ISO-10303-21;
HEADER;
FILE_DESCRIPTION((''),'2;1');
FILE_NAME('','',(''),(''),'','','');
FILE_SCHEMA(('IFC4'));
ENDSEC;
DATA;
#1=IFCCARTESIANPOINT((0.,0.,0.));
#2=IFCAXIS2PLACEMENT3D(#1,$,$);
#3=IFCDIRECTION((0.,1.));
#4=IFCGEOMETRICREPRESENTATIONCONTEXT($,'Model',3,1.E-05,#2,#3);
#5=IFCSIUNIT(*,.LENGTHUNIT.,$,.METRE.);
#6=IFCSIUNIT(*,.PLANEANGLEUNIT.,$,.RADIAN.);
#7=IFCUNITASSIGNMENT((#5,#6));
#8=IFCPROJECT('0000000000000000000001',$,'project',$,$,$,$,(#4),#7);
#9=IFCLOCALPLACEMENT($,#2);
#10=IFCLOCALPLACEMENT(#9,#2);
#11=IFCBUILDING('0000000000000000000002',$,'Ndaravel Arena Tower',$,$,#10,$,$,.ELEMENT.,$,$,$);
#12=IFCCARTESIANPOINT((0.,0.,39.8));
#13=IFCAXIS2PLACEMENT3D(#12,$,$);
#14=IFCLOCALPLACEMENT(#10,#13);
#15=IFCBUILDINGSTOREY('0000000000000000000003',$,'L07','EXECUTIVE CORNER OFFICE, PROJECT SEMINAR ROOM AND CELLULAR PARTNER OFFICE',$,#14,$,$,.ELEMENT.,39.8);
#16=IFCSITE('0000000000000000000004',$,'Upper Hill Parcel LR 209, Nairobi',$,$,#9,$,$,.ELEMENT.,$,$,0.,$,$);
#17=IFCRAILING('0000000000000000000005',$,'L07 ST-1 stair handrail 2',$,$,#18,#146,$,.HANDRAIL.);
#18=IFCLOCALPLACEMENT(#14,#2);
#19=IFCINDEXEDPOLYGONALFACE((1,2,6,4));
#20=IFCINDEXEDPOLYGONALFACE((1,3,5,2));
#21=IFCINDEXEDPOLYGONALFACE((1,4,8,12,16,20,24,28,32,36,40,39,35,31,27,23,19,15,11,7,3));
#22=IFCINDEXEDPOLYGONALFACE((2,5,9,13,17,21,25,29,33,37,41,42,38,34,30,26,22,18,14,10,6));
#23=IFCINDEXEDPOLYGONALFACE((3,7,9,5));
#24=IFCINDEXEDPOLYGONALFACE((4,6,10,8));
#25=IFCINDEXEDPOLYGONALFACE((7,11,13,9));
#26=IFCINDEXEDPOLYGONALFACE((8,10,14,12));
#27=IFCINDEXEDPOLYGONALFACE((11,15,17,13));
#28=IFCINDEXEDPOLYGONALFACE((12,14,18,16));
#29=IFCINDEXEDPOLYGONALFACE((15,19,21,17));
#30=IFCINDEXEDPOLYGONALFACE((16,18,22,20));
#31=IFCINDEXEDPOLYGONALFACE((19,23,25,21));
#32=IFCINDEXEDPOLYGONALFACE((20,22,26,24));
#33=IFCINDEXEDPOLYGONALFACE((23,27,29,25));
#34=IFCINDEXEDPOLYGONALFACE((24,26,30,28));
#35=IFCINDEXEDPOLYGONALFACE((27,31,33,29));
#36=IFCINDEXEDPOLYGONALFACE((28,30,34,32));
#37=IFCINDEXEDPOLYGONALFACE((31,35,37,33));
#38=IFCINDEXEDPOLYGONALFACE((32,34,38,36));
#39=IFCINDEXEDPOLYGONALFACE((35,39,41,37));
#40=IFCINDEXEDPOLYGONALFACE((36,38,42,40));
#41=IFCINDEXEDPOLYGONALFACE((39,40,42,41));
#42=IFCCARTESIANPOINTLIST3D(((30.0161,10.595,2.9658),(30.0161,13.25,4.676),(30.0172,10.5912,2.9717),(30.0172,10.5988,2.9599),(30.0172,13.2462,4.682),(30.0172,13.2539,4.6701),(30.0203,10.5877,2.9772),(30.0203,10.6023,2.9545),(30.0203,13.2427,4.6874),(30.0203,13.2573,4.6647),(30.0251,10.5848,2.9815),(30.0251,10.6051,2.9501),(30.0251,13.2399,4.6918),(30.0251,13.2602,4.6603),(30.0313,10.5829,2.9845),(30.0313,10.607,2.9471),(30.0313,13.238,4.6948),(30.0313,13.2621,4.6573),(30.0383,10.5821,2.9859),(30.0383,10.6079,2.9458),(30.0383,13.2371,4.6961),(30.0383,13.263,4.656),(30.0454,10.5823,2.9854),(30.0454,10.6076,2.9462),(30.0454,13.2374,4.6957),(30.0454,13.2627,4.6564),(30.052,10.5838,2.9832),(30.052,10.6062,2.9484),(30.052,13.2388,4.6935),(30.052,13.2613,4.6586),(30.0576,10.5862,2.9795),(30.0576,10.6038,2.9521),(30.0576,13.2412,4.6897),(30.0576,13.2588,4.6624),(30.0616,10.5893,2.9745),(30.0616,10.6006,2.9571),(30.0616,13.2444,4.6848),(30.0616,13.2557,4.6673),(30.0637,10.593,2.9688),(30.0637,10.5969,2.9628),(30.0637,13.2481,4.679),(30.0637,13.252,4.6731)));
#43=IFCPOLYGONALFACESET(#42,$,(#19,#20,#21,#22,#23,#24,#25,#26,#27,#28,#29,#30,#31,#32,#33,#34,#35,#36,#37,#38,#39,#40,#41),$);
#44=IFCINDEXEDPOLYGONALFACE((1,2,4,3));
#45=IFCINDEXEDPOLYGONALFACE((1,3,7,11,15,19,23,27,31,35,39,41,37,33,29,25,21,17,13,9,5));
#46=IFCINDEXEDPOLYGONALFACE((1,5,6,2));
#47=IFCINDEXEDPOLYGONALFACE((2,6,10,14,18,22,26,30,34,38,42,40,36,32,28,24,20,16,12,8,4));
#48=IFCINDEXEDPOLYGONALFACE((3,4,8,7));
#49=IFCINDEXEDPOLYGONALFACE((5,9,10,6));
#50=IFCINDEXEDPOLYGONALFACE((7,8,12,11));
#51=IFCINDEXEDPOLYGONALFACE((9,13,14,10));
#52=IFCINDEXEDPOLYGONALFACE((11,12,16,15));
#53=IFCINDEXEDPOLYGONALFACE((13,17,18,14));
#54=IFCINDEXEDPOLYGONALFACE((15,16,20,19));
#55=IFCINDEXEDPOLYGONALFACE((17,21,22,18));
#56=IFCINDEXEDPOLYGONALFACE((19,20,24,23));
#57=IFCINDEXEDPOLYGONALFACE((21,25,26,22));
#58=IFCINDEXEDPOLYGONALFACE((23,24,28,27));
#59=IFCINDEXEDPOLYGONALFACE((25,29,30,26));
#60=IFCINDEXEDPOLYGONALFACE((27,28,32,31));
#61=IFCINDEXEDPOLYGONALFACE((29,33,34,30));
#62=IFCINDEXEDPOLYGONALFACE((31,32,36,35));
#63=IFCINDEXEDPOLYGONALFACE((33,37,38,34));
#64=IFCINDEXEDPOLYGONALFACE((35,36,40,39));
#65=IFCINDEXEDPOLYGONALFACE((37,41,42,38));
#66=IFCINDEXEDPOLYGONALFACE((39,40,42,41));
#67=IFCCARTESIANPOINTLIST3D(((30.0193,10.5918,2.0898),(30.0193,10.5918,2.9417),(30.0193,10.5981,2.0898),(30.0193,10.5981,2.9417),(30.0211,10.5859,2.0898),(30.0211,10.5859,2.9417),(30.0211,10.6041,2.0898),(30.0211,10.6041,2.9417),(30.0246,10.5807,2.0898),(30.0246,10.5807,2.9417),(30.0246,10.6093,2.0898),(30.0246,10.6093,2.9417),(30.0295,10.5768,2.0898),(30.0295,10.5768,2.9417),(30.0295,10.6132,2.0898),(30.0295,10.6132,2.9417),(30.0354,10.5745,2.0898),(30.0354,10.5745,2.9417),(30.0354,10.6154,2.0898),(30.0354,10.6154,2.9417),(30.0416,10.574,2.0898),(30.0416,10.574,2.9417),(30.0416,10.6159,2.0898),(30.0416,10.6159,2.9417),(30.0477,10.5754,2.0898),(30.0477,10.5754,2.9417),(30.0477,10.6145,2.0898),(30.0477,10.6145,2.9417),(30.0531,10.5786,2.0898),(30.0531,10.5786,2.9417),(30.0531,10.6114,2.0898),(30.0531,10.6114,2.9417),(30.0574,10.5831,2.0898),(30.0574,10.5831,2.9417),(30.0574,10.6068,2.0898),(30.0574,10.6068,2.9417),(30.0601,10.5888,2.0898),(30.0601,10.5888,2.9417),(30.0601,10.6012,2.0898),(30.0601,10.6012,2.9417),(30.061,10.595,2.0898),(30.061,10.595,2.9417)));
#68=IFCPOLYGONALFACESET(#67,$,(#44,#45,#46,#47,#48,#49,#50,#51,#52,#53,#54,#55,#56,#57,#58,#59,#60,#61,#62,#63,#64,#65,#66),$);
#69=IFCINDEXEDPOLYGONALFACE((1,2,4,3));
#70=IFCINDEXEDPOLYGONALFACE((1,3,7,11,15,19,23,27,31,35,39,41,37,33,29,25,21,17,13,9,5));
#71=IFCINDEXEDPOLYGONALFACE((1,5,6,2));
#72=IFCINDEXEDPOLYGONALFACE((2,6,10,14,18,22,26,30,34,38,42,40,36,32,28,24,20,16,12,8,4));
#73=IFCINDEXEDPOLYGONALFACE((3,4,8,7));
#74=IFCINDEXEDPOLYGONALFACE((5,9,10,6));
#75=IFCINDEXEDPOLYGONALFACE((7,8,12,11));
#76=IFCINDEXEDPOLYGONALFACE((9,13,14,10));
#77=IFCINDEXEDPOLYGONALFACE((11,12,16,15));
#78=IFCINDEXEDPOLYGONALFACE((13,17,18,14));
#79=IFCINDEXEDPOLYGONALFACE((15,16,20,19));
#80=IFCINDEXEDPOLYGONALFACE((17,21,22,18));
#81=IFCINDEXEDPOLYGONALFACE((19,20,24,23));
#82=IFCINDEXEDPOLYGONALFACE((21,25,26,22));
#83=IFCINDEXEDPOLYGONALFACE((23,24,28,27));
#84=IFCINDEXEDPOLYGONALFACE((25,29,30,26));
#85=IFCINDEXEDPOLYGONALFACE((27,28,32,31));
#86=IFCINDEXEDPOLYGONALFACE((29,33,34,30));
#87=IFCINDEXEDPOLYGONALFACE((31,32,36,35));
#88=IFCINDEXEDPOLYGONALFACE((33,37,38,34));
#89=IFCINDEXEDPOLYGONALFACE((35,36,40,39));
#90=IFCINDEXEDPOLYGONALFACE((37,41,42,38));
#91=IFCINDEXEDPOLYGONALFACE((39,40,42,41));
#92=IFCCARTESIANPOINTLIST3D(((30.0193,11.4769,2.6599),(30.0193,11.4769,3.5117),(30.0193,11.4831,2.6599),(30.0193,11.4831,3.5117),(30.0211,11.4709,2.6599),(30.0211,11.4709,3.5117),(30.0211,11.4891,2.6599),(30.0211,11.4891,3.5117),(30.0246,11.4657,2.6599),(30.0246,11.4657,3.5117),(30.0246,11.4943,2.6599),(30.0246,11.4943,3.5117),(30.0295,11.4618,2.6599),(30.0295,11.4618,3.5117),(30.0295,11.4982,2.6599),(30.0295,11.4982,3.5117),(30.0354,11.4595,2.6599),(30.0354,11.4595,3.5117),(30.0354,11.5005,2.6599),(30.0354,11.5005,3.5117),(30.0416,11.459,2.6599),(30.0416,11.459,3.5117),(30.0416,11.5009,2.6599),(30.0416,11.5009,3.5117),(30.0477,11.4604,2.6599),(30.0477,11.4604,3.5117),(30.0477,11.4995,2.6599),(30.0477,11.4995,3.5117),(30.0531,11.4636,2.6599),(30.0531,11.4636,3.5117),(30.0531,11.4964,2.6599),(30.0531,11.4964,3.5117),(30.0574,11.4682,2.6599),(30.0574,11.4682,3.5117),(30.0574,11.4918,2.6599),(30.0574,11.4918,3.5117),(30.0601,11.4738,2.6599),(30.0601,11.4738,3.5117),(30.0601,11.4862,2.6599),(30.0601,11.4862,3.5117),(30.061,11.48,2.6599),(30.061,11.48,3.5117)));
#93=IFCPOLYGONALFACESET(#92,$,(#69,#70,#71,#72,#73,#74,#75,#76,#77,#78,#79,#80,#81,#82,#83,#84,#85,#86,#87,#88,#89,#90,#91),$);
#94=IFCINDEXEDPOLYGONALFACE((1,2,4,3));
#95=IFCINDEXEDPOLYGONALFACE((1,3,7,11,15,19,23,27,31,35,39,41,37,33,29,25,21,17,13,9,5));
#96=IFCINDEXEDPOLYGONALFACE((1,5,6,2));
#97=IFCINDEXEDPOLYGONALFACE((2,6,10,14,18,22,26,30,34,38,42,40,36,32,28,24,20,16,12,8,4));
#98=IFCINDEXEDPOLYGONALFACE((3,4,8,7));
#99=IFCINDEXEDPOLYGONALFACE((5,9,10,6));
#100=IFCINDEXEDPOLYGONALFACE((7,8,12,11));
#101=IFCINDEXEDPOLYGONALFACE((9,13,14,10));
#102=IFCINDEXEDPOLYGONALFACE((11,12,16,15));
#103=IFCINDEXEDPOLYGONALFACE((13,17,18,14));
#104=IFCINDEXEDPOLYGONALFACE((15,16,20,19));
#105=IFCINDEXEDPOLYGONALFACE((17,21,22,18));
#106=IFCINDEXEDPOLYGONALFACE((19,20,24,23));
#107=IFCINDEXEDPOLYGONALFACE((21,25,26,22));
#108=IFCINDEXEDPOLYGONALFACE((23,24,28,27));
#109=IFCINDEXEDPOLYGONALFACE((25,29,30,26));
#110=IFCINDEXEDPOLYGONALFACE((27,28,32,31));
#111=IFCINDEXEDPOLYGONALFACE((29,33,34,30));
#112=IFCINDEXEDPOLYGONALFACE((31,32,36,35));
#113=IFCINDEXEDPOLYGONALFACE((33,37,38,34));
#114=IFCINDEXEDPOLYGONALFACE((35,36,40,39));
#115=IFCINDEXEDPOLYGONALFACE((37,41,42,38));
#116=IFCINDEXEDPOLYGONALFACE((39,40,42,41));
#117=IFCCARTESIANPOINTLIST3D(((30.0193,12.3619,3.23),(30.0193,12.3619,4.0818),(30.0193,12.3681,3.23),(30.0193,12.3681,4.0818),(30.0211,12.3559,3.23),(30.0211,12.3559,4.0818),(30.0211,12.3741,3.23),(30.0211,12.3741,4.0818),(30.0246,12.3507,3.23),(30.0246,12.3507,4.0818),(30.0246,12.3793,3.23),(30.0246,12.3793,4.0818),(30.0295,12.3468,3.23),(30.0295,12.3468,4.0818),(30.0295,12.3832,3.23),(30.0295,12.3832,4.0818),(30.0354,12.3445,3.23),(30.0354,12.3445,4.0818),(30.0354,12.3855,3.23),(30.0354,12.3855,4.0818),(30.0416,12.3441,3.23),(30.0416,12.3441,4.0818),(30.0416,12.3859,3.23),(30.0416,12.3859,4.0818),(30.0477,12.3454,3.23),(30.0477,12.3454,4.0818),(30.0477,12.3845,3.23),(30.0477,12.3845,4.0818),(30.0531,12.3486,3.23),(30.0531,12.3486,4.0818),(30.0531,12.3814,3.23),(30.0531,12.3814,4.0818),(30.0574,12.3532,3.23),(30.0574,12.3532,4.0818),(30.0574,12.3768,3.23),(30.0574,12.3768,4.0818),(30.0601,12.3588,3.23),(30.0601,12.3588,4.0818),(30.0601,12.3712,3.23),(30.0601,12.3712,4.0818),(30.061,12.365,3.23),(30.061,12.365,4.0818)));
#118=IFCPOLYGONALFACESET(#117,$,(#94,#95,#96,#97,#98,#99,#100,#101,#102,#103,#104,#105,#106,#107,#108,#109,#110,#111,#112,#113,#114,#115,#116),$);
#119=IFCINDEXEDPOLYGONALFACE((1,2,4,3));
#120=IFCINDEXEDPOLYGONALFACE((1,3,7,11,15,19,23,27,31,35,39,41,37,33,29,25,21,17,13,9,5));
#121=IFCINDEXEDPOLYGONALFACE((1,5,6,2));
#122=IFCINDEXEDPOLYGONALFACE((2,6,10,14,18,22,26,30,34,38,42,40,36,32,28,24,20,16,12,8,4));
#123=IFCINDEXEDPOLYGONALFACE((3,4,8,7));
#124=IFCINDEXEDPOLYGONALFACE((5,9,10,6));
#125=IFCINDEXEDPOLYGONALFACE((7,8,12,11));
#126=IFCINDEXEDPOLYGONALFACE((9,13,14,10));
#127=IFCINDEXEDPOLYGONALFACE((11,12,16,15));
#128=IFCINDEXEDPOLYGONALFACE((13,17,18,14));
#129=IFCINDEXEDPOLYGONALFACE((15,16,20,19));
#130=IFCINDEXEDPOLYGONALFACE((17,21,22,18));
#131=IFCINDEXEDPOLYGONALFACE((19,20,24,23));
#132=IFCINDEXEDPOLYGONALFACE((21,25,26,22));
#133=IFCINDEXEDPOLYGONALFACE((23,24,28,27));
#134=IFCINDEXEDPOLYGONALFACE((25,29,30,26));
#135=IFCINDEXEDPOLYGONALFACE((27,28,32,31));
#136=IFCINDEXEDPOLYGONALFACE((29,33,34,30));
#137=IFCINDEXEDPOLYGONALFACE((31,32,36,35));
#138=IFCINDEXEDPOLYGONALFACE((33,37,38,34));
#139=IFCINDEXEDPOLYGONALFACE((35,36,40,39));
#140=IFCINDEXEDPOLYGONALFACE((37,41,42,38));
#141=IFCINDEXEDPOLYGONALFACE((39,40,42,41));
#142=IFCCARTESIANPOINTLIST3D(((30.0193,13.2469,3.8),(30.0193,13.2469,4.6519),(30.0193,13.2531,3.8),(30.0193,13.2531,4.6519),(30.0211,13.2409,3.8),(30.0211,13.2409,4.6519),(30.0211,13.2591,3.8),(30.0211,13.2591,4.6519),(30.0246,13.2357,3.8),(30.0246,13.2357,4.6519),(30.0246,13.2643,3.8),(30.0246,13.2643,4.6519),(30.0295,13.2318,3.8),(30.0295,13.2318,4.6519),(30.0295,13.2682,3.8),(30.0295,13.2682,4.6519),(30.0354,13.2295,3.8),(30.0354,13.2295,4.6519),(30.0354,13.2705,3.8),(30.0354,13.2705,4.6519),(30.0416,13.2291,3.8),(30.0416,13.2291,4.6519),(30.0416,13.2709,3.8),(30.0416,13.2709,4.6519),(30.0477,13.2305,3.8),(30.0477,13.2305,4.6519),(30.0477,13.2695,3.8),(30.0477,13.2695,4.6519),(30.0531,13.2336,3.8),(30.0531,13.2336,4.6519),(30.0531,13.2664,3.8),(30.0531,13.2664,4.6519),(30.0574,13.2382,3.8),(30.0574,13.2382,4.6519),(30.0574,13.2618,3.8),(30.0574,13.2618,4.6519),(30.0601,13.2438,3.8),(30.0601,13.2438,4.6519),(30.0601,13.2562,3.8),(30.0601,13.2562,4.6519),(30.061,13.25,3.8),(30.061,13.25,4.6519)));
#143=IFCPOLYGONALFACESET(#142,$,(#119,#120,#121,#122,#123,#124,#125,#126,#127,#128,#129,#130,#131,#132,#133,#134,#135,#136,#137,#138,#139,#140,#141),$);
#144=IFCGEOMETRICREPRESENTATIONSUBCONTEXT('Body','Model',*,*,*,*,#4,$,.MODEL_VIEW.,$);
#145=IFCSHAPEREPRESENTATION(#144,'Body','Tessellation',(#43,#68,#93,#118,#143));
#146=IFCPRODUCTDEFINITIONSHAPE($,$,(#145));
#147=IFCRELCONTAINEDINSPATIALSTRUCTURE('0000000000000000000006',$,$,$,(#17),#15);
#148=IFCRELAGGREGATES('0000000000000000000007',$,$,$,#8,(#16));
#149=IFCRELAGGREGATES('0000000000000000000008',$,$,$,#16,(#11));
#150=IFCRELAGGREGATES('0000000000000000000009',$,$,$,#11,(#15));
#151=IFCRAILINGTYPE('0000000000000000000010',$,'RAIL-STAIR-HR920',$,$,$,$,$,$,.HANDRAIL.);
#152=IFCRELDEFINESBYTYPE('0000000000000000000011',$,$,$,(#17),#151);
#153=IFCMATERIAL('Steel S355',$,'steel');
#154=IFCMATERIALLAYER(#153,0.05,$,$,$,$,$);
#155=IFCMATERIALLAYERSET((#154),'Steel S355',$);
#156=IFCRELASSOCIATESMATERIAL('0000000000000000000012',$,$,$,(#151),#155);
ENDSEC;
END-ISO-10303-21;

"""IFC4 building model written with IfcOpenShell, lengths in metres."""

from ifc_helpers import new_model, si_unit, direction, frame, origin, origin_2d, place, context, subcontext, project, spatial, circle, extrude, material, layer, layer_set, type_object, element, save


model = new_model("IFC4")

# Units and contexts
model_context = context("Model", 3, precision=1e-05, world=origin(), true_north=direction((0.0, 1.0)))
body_context = subcontext(model_context, "Body", "Model", "MODEL_VIEW")
ifc_project = project(units=[si_unit("LENGTHUNIT", "METRE"), si_unit("PLANEANGLEUNIT", "RADIAN")], contexts=[model_context])

# Site, building, storey
site_placement = place(None, origin())
site = spatial("IfcSite", under=ifc_project, at=site_placement, Name="Upper Hill Parcel LR 209, Nairobi", CompositionType="ELEMENT", RefElevation=0.0)
building_placement = place(site_placement, origin())
building = spatial("IfcBuilding", under=site, at=building_placement, Name="Ndaravel Arena Tower", CompositionType="ELEMENT")
storey_placement = place(building_placement, frame((0.0, 0.0, 39.8)))
storey = spatial("IfcBuildingStorey", under=building, at=storey_placement, Name="L07", Description="EXECUTIVE CORNER OFFICE, PROJECT SEMINAR ROOM AND CELLULAR PARTNER OFFICE", CompositionType="ELEMENT", Elevation=39.8)

# Railing
ifc_material_1 = material(Name="Steel S355", Category="steel")
ifc_layer_1 = layer(ifc_material_1, 0.05)
ifc_layer_set_1 = layer_set([ifc_layer_1], Name="Steel S355")
railing_type_1 = type_object("IfcRailingType", Name="RAIL-STAIR-HR920", PredefinedType="HANDRAIL", material=ifc_layer_set_1)
railing_1_placement = place(storey_placement, frame((30.04, 10.595, 2.0898)))
element("IfcRailing", 1, at=railing_1_placement, inside=storey, type_object=railing_type_1, Name="L07 ST-1 stair handrail 2", PredefinedType="HANDRAIL", context=body_context, shape_type="SweptSolid", body=[
    extrude(circle(Radius=0.0239, at=origin_2d()), frame((0.0, 0.0, 0.876), z_axis=(0.0, 0.840688, 0.541519), x_axis=(-1.0, 0.0, 0.0)), (0.0, 0.0, 1.0), 3.1582),
    extrude(circle(Radius=0.021, at=origin_2d()), origin(), (0.0, 0.0, 1.0), 0.8518),
    extrude(circle(Radius=0.021, at=origin_2d()), frame((0.0, 0.885, 0.5701)), (0.0, 0.0, 1.0), 0.8518),
    extrude(circle(Radius=0.021, at=origin_2d()), frame((0.0, 1.77, 1.1401)), (0.0, 0.0, 1.0), 0.8518),
    extrude(circle(Radius=0.021, at=origin_2d()), frame((0.0, 2.655, 1.7102)), (0.0, 0.0, 1.0), 0.8518),
])

save(model, "model.ifc")
